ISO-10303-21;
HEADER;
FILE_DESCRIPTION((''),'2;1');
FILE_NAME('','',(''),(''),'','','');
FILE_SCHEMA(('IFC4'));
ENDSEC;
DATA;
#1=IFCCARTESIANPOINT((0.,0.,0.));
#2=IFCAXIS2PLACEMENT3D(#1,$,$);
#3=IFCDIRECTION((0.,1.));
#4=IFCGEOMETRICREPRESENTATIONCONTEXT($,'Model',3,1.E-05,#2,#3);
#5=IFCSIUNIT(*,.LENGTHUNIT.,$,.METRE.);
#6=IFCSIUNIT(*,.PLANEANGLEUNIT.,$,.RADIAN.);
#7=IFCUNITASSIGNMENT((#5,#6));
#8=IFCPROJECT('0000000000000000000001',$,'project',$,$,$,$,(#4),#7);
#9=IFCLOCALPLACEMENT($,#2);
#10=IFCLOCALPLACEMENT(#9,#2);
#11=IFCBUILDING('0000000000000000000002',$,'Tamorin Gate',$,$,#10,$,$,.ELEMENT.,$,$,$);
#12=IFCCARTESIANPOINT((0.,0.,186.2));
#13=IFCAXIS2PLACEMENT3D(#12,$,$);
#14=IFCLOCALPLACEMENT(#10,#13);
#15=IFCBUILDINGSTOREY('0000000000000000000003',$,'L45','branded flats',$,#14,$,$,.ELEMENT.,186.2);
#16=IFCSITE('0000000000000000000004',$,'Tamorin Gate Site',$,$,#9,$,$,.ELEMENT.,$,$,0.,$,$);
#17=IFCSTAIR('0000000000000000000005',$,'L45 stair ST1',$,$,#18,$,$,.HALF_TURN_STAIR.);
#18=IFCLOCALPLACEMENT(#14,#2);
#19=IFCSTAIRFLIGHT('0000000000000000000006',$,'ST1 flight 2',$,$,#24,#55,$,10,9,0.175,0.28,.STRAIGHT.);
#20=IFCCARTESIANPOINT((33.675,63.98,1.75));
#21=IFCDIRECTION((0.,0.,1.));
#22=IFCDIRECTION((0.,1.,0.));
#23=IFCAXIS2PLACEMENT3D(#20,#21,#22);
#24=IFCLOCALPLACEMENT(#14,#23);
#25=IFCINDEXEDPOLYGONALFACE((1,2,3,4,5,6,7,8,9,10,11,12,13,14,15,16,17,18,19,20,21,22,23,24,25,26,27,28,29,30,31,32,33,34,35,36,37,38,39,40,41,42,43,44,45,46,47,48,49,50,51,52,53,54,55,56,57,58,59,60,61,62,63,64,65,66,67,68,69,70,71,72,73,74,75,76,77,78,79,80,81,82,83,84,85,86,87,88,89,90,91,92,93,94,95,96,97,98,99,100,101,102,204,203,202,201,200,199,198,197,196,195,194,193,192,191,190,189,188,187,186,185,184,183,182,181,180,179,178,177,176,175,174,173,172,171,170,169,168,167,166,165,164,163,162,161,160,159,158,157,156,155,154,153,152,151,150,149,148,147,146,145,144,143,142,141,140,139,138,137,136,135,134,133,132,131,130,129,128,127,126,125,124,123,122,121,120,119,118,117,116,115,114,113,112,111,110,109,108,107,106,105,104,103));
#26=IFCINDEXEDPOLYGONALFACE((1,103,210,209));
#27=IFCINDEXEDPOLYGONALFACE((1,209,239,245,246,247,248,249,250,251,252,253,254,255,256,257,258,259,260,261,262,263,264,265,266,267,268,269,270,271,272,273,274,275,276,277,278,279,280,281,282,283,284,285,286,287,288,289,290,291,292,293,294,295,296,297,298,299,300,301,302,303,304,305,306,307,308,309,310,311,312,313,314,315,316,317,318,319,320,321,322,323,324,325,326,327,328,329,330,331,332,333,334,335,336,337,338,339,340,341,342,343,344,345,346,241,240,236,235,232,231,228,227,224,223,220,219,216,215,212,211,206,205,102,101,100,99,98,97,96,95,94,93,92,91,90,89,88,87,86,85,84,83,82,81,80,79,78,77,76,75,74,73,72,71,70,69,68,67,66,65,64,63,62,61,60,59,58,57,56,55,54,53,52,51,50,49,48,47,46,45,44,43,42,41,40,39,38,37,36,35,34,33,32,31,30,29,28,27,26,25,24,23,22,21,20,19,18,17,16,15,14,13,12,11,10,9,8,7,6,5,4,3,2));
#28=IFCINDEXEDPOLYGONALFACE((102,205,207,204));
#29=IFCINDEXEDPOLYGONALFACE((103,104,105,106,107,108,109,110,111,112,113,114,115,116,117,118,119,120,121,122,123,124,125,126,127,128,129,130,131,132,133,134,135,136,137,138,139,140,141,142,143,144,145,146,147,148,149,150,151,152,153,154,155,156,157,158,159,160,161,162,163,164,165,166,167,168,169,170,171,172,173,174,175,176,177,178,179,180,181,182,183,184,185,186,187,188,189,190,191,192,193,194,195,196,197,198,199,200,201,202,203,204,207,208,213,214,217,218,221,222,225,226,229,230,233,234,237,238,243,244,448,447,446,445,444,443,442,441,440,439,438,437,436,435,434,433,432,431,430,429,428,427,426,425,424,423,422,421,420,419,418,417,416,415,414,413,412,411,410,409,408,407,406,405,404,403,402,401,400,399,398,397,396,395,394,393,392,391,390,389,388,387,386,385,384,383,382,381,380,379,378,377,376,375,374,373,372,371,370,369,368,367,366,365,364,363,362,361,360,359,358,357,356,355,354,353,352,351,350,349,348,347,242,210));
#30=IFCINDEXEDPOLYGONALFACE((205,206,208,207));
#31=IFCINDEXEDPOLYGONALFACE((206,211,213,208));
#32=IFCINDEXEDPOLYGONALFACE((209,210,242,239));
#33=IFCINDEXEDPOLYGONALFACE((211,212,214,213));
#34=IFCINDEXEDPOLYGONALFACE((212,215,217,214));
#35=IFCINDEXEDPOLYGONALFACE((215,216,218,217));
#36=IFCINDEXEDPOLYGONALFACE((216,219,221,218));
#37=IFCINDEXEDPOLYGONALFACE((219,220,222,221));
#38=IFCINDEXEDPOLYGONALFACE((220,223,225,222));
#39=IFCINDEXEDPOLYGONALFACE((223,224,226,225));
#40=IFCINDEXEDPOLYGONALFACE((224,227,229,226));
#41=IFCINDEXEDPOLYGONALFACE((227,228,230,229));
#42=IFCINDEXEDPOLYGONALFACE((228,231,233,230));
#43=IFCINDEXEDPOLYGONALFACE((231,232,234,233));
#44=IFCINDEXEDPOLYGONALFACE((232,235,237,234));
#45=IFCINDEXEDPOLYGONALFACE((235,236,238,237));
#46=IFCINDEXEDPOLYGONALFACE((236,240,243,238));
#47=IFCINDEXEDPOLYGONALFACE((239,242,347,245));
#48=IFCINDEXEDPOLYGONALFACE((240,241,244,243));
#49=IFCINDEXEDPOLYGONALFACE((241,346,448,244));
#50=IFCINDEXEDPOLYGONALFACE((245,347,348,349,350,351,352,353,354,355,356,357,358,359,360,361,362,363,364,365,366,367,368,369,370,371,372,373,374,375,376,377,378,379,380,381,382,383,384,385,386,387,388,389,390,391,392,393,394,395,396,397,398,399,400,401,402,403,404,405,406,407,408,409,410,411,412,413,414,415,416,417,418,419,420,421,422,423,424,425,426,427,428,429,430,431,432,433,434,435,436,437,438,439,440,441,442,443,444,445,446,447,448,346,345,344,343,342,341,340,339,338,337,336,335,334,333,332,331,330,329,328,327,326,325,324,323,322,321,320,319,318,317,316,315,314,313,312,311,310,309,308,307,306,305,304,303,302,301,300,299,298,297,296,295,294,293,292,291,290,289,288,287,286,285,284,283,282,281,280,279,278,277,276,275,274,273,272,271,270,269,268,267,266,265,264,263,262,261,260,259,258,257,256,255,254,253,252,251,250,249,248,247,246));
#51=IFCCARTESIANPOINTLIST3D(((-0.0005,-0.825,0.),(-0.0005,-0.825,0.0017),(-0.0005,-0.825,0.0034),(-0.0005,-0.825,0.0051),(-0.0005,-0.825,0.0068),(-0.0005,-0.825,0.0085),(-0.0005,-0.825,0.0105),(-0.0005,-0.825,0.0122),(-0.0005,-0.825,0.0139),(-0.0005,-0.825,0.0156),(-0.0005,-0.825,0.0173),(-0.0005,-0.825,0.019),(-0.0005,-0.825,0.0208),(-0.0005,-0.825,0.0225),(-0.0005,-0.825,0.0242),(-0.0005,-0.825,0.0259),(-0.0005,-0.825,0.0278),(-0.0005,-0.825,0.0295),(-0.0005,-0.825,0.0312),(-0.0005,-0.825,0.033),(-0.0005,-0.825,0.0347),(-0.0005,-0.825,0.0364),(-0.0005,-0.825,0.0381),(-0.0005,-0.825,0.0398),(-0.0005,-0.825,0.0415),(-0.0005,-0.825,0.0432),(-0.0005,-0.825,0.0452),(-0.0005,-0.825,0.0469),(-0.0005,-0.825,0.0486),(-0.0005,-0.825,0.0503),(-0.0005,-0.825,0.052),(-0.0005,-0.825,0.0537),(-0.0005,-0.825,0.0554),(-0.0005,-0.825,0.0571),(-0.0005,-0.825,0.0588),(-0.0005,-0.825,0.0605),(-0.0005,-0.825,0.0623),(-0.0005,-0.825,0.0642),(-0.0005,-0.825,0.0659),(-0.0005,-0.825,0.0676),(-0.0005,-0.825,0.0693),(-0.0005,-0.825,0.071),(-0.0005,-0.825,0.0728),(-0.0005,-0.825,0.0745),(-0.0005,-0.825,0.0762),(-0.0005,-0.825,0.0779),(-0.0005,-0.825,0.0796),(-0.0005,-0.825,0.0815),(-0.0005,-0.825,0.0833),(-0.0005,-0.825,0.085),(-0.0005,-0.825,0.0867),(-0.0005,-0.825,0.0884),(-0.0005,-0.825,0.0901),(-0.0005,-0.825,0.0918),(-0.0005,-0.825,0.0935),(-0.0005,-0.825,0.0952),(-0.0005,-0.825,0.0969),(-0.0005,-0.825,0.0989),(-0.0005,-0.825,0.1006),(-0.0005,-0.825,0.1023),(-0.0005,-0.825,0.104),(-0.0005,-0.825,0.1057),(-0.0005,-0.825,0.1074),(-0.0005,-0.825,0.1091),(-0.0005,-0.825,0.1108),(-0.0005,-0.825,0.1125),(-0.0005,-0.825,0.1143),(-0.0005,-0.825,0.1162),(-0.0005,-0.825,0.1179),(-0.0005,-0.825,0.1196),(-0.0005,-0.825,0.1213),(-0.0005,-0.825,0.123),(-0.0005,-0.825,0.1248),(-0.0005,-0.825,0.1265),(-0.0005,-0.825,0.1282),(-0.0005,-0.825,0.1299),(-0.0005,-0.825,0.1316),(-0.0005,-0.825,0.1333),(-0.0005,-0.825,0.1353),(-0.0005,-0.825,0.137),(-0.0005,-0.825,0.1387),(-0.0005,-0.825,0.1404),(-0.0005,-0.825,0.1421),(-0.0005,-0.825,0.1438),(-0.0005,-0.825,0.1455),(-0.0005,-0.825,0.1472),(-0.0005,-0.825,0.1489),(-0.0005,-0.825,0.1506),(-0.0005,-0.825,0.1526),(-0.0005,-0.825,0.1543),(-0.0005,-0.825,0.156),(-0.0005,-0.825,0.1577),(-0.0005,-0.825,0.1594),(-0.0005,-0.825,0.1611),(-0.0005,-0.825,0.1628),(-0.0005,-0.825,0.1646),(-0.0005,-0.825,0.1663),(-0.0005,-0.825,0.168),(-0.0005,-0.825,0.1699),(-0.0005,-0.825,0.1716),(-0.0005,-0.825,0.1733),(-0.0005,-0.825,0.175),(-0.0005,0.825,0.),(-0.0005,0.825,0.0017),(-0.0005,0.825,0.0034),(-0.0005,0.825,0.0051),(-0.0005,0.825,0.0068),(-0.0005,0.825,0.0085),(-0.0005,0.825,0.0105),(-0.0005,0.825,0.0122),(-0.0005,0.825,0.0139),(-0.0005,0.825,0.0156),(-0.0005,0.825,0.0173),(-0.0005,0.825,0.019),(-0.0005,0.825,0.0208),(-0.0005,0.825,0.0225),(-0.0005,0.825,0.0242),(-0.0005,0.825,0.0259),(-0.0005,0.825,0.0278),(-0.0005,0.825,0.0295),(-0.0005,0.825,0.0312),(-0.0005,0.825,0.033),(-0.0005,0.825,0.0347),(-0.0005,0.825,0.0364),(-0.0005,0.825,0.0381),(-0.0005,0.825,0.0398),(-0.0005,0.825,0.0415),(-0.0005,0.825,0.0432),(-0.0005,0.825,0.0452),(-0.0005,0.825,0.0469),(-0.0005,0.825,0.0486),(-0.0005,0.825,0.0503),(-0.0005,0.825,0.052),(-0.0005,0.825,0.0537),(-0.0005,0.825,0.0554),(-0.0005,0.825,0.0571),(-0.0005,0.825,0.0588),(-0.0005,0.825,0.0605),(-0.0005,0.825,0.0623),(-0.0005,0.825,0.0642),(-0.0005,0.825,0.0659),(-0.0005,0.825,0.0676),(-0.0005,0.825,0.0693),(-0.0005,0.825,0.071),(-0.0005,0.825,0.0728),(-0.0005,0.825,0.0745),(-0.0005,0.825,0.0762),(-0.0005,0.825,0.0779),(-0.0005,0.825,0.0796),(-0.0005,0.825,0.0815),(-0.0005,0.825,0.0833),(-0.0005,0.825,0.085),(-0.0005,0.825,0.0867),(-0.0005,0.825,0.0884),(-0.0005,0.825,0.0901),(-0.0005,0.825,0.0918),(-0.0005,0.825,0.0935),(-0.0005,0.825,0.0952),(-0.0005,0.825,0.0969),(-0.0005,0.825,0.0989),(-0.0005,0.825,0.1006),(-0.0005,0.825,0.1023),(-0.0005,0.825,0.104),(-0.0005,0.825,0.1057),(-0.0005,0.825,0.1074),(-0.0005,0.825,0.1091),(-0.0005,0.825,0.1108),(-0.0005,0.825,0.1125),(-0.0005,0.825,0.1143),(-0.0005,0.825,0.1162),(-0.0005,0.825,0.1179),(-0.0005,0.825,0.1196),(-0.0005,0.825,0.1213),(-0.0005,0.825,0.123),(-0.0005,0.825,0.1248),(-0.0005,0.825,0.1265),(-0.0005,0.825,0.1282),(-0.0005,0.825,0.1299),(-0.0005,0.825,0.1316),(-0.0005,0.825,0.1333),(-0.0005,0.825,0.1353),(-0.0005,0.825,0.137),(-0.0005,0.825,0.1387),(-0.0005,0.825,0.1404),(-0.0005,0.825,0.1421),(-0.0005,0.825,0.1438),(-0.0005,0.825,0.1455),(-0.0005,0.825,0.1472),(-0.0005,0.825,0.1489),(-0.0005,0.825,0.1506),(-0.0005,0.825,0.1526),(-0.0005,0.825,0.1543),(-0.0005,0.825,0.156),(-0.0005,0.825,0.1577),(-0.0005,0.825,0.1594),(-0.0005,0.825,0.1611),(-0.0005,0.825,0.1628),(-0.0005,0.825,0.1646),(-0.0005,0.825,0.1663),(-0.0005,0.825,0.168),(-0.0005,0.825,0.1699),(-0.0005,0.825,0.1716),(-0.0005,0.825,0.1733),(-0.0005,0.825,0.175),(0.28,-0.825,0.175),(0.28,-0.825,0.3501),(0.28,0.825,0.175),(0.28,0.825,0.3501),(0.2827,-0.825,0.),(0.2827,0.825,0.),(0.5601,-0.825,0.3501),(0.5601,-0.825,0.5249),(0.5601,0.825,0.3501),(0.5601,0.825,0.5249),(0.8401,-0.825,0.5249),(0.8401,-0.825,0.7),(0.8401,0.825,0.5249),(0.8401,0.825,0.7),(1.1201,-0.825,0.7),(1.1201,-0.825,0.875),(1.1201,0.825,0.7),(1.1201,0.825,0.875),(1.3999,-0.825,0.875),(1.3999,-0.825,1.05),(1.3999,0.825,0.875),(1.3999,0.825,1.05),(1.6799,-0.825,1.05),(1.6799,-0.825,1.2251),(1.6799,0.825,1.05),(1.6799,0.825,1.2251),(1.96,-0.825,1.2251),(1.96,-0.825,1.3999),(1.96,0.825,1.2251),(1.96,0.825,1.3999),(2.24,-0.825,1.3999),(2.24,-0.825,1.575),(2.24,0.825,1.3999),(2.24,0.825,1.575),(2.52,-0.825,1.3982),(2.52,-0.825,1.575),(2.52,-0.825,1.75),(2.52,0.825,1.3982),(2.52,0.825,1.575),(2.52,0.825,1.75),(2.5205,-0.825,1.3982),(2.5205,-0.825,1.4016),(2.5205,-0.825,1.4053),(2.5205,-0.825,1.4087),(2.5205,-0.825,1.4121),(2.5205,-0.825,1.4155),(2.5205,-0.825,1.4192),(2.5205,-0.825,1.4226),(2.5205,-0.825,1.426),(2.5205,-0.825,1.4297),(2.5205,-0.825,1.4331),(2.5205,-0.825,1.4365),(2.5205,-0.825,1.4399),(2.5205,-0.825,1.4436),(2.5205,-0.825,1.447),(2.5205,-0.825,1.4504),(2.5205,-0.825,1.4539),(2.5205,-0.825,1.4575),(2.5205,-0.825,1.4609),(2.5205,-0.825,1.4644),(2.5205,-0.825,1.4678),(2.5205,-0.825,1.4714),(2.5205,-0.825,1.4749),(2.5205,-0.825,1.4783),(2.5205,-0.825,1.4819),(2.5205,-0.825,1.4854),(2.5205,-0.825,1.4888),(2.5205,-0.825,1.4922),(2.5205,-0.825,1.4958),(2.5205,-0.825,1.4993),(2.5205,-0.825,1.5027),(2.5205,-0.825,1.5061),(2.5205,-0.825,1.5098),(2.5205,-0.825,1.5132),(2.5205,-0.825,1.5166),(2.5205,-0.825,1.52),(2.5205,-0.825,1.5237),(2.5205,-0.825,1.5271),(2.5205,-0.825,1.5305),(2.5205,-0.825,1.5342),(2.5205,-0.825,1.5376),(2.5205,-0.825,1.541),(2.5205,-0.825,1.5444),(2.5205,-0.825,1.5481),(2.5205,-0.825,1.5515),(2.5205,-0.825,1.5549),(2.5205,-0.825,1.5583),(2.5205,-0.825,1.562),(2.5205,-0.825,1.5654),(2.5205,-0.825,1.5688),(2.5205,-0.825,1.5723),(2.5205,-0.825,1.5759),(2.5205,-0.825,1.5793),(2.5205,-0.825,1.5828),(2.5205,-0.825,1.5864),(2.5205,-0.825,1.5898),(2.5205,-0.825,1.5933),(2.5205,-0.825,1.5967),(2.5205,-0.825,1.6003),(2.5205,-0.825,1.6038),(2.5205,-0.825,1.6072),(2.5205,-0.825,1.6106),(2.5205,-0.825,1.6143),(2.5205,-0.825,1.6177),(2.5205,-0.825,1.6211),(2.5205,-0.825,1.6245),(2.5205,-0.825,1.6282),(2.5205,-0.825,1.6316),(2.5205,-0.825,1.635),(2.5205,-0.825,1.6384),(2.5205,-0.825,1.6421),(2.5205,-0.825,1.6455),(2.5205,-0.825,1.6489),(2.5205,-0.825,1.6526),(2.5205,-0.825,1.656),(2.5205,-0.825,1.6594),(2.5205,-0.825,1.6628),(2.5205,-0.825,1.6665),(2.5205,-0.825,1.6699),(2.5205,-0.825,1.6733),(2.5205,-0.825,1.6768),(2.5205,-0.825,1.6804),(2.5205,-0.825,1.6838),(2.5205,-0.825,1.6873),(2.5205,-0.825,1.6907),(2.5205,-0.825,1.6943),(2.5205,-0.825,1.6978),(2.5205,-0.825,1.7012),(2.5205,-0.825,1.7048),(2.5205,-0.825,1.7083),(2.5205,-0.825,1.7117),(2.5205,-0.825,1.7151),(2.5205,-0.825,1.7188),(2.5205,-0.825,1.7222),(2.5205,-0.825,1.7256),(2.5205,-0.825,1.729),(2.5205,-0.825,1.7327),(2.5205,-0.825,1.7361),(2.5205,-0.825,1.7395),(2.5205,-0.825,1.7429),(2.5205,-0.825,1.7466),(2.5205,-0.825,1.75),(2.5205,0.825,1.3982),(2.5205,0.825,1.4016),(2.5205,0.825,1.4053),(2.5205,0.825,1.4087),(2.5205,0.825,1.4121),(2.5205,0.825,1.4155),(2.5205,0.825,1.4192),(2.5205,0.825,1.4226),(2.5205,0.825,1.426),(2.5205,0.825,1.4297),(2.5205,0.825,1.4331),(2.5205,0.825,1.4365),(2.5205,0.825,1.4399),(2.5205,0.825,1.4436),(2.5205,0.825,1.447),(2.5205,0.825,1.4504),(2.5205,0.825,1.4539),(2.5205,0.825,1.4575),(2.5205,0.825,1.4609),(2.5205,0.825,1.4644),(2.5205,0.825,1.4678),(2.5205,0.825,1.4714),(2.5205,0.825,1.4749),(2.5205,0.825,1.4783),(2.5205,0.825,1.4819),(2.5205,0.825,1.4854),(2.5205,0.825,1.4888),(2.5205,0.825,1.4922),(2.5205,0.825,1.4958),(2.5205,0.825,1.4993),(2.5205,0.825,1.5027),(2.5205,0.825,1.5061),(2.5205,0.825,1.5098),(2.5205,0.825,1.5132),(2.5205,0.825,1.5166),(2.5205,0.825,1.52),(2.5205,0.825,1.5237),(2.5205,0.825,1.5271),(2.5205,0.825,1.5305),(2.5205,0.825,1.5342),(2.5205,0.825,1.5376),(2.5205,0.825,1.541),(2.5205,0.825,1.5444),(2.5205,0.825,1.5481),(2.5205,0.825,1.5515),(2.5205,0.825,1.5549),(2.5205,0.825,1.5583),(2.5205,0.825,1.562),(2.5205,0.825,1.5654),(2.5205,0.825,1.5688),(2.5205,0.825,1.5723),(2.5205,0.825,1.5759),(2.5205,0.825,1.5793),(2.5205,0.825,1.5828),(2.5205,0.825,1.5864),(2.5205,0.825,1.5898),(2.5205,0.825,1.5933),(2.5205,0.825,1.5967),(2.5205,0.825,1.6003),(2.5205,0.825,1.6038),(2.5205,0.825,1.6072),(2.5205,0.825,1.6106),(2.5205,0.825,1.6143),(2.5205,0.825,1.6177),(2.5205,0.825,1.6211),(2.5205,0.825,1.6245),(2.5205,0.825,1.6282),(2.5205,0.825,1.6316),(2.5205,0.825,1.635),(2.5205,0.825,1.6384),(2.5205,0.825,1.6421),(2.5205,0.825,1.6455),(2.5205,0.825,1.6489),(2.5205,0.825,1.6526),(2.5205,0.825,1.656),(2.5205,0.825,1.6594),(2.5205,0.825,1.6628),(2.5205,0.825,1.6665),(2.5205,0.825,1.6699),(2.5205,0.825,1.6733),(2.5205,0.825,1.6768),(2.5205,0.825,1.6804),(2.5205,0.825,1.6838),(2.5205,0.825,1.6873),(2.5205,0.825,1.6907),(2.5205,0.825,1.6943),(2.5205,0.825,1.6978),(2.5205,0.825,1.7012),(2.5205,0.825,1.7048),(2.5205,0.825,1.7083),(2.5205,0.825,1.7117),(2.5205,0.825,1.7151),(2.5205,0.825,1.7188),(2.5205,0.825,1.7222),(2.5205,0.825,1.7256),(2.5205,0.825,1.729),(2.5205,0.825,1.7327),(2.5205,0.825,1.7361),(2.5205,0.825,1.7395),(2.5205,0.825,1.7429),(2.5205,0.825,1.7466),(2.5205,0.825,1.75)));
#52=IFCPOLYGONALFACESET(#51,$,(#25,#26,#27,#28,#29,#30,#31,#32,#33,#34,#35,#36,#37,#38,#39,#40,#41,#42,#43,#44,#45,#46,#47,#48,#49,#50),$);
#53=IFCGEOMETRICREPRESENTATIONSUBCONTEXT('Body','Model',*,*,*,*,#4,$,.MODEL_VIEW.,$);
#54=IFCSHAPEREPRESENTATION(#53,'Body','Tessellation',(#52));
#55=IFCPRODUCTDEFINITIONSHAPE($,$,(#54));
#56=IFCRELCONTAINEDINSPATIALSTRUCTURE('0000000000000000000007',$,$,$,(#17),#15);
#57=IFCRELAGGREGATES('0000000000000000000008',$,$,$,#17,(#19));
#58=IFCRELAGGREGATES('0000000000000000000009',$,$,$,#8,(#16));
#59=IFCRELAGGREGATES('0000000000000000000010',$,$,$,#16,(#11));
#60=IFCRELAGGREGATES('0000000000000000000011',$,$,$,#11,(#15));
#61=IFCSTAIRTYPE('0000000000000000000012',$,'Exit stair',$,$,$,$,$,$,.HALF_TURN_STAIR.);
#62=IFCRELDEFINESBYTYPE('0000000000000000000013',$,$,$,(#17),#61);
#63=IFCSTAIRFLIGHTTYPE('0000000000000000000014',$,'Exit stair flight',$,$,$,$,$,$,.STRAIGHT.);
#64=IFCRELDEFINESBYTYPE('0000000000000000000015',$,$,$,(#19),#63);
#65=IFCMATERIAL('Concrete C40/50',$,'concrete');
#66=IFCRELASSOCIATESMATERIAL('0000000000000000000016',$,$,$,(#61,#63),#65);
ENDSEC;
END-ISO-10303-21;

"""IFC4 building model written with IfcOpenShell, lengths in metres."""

from ifc_helpers import new_model, si_unit, direction, frame, origin, place, context, subcontext, project, spatial, polyline, outline, extrude, material, type_object, element, aggregate, save


model = new_model("IFC4")

# Units and contexts
model_context = context("Model", 3, precision=1e-05, world=origin(), true_north=direction((0.0, 1.0)))
body_context = subcontext(model_context, "Body", "Model", "MODEL_VIEW")
ifc_project = project(units=[si_unit("LENGTHUNIT", "METRE"), si_unit("PLANEANGLEUNIT", "RADIAN")], contexts=[model_context])

# Site, building, storey
site_placement = place(None, origin())
site = spatial("IfcSite", under=ifc_project, at=site_placement, Name="Tamorin Gate Site", CompositionType="ELEMENT", RefElevation=0.0)
building_placement = place(site_placement, origin())
building = spatial("IfcBuilding", under=site, at=building_placement, Name="Tamorin Gate", CompositionType="ELEMENT")
storey_placement = place(building_placement, frame((0.0, 0.0, 186.2)))
storey = spatial("IfcBuildingStorey", under=building, at=storey_placement, Name="L45", Description="branded flats", CompositionType="ELEMENT", Elevation=186.2)

# Shared definitions
ifc_material_1 = material(Name="Concrete C40/50", Category="concrete")

# Stair, stair flight
stair_type = type_object("IfcStairType", Name="Exit stair", PredefinedType="HALF_TURN_STAIR", material=ifc_material_1)
stair_1_placement = place(storey_placement, origin())
stair_1 = element("IfcStair", 1, at=stair_1_placement, inside=storey, type_object=stair_type, Name="L45 stair ST1", PredefinedType="HALF_TURN_STAIR")
stair_flight_type = type_object("IfcStairFlightType", Name="Exit stair flight", PredefinedType="STRAIGHT", material=ifc_material_1)
stair_flight_1_placement = place(storey_placement, frame((33.675, 63.98, 1.75), z_axis=(0.0, 0.0, 1.0), x_axis=(0.0, 1.0, 0.0)))
stair_flight_1 = element("IfcStairFlight", 2, at=stair_flight_1_placement, type_object=stair_flight_type, Name="ST1 flight 2", NumberOfRisers=10, NumberOfTreads=9, PredefinedType="STRAIGHT", RiserHeight=0.175, TreadLength=0.28, context=body_context, shape_type="SweptSolid", body=[
    extrude(outline(polyline([(-0.0005, 0.0), (-0.0005, 0.0017), (-0.0005, 0.0034), (-0.0005, 0.0051), (-0.0005, 0.0068), (-0.0005, 0.0085), (-0.0005, 0.0105), (-0.0005, 0.0122), (-0.0005, 0.0139), (-0.0005, 0.0156), (-0.0005, 0.0173), (-0.0005, 0.019), (-0.0005, 0.0208), (-0.0005, 0.0225), (-0.0005, 0.0242), (-0.0005, 0.0259), (-0.0005, 0.0278), (-0.0005, 0.0295), (-0.0005, 0.0312), (-0.0005, 0.033), (-0.0005, 0.0347), (-0.0005, 0.0364), (-0.0005, 0.0381), (-0.0005, 0.0398), (-0.0005, 0.0415), (-0.0005, 0.0432), (-0.0005, 0.0452), (-0.0005, 0.0469), (-0.0005, 0.0486), (-0.0005, 0.0503), (-0.0005, 0.052), (-0.0005, 0.0537), (-0.0005, 0.0554), (-0.0005, 0.0571), (-0.0005, 0.0588), (-0.0005, 0.0605), (-0.0005, 0.0623), (-0.0005, 0.0642), (-0.0005, 0.0659), (-0.0005, 0.0676), (-0.0005, 0.0693), (-0.0005, 0.071), (-0.0005, 0.0728), (-0.0005, 0.0745), (-0.0005, 0.0762), (-0.0005, 0.0779), (-0.0005, 0.0796), (-0.0005, 0.0815), (-0.0005, 0.0833), (-0.0005, 0.085), (-0.0005, 0.0867), (-0.0005, 0.0884), (-0.0005, 0.0901), (-0.0005, 0.0918), (-0.0005, 0.0935), (-0.0005, 0.0952), (-0.0005, 0.0969), (-0.0005, 0.0989), (-0.0005, 0.1006), (-0.0005, 0.1023), (-0.0005, 0.104), (-0.0005, 0.1057), (-0.0005, 0.1074), (-0.0005, 0.1091), (-0.0005, 0.1108), (-0.0005, 0.1125), (-0.0005, 0.1143), (-0.0005, 0.1162), (-0.0005, 0.1179), (-0.0005, 0.1196), (-0.0005, 0.1213), (-0.0005, 0.123), (-0.0005, 0.1248), (-0.0005, 0.1265), (-0.0005, 0.1282), (-0.0005, 0.1299), (-0.0005, 0.1316), (-0.0005, 0.1333), (-0.0005, 0.1353), (-0.0005, 0.137), (-0.0005, 0.1387), (-0.0005, 0.1404), (-0.0005, 0.1421), (-0.0005, 0.1438), (-0.0005, 0.1455), (-0.0005, 0.1472), (-0.0005, 0.1489), (-0.0005, 0.1506), (-0.0005, 0.1526), (-0.0005, 0.1543), (-0.0005, 0.156), (-0.0005, 0.1577), (-0.0005, 0.1594), (-0.0005, 0.1611), (-0.0005, 0.1628), (-0.0005, 0.1646), (-0.0005, 0.1663), (-0.0005, 0.168), (-0.0005, 0.1699), (-0.0005, 0.1716), (-0.0005, 0.1733), (-0.0005, 0.175), (0.28, 0.175), (0.28, 0.3501), (0.5601, 0.3501), (0.5601, 0.5249), (0.8401, 0.5249), (0.8401, 0.7), (1.1201, 0.7), (1.1201, 0.875), (1.3999, 0.875), (1.3999, 1.05), (1.6799, 1.05), (1.6799, 1.2251), (1.96, 1.2251), (1.96, 1.3999), (2.24, 1.3999), (2.24, 1.575), (2.52, 1.575), (2.52, 1.75), (2.5205, 1.75), (2.5205, 1.7466), (2.5205, 1.7429), (2.5205, 1.7395), (2.5205, 1.7361), (2.5205, 1.7327), (2.5205, 1.729), (2.5205, 1.7256), (2.5205, 1.7222), (2.5205, 1.7188), (2.5205, 1.7151), (2.5205, 1.7117), (2.5205, 1.7083), (2.5205, 1.7048), (2.5205, 1.7012), (2.5205, 1.6978), (2.5205, 1.6943), (2.5205, 1.6907), (2.5205, 1.6873), (2.5205, 1.6838), (2.5205, 1.6804), (2.5205, 1.6768), (2.5205, 1.6733), (2.5205, 1.6699), (2.5205, 1.6665), (2.5205, 1.6628), (2.5205, 1.6594), (2.5205, 1.656), (2.5205, 1.6526), (2.5205, 1.6489), (2.5205, 1.6455), (2.5205, 1.6421), (2.5205, 1.6384), (2.5205, 1.635), (2.5205, 1.6316), (2.5205, 1.6282), (2.5205, 1.6245), (2.5205, 1.6211), (2.5205, 1.6177), (2.5205, 1.6143), (2.5205, 1.6106), (2.5205, 1.6072), (2.5205, 1.6038), (2.5205, 1.6003), (2.5205, 1.5967), (2.5205, 1.5933), (2.5205, 1.5898), (2.5205, 1.5864), (2.5205, 1.5828), (2.5205, 1.5793), (2.5205, 1.5759), (2.5205, 1.5723), (2.5205, 1.5688), (2.5205, 1.5654), (2.5205, 1.562), (2.5205, 1.5583), (2.5205, 1.5549), (2.5205, 1.5515), (2.5205, 1.5481), (2.5205, 1.5444), (2.5205, 1.541), (2.5205, 1.5376), (2.5205, 1.5342), (2.5205, 1.5305), (2.5205, 1.5271), (2.5205, 1.5237), (2.5205, 1.52), (2.5205, 1.5166), (2.5205, 1.5132), (2.5205, 1.5098), (2.5205, 1.5061), (2.5205, 1.5027), (2.5205, 1.4993), (2.5205, 1.4958), (2.5205, 1.4922), (2.5205, 1.4888), (2.5205, 1.4854), (2.5205, 1.4819), (2.5205, 1.4783), (2.5205, 1.4749), (2.5205, 1.4714), (2.5205, 1.4678), (2.5205, 1.4644), (2.5205, 1.4609), (2.5205, 1.4575), (2.5205, 1.4539), (2.5205, 1.4504), (2.5205, 1.447), (2.5205, 1.4436), (2.5205, 1.4399), (2.5205, 1.4365), (2.5205, 1.4331), (2.5205, 1.4297), (2.5205, 1.426), (2.5205, 1.4226), (2.5205, 1.4192), (2.5205, 1.4155), (2.5205, 1.4121), (2.5205, 1.4087), (2.5205, 1.4053), (2.5205, 1.4016), (2.5205, 1.3982), (2.52, 1.3982), (0.2827, 0.0), (-0.0005, 0.0)])), frame((0.0, 0.825, 0.0), z_axis=(0.0, -1.0, 0.0), x_axis=(1.0, 0.0, 0.0)), (0.0, 0.0, 1.0), 1.6499),
])
aggregate(stair_1, [stair_flight_1])

save(model, "model.ifc")
